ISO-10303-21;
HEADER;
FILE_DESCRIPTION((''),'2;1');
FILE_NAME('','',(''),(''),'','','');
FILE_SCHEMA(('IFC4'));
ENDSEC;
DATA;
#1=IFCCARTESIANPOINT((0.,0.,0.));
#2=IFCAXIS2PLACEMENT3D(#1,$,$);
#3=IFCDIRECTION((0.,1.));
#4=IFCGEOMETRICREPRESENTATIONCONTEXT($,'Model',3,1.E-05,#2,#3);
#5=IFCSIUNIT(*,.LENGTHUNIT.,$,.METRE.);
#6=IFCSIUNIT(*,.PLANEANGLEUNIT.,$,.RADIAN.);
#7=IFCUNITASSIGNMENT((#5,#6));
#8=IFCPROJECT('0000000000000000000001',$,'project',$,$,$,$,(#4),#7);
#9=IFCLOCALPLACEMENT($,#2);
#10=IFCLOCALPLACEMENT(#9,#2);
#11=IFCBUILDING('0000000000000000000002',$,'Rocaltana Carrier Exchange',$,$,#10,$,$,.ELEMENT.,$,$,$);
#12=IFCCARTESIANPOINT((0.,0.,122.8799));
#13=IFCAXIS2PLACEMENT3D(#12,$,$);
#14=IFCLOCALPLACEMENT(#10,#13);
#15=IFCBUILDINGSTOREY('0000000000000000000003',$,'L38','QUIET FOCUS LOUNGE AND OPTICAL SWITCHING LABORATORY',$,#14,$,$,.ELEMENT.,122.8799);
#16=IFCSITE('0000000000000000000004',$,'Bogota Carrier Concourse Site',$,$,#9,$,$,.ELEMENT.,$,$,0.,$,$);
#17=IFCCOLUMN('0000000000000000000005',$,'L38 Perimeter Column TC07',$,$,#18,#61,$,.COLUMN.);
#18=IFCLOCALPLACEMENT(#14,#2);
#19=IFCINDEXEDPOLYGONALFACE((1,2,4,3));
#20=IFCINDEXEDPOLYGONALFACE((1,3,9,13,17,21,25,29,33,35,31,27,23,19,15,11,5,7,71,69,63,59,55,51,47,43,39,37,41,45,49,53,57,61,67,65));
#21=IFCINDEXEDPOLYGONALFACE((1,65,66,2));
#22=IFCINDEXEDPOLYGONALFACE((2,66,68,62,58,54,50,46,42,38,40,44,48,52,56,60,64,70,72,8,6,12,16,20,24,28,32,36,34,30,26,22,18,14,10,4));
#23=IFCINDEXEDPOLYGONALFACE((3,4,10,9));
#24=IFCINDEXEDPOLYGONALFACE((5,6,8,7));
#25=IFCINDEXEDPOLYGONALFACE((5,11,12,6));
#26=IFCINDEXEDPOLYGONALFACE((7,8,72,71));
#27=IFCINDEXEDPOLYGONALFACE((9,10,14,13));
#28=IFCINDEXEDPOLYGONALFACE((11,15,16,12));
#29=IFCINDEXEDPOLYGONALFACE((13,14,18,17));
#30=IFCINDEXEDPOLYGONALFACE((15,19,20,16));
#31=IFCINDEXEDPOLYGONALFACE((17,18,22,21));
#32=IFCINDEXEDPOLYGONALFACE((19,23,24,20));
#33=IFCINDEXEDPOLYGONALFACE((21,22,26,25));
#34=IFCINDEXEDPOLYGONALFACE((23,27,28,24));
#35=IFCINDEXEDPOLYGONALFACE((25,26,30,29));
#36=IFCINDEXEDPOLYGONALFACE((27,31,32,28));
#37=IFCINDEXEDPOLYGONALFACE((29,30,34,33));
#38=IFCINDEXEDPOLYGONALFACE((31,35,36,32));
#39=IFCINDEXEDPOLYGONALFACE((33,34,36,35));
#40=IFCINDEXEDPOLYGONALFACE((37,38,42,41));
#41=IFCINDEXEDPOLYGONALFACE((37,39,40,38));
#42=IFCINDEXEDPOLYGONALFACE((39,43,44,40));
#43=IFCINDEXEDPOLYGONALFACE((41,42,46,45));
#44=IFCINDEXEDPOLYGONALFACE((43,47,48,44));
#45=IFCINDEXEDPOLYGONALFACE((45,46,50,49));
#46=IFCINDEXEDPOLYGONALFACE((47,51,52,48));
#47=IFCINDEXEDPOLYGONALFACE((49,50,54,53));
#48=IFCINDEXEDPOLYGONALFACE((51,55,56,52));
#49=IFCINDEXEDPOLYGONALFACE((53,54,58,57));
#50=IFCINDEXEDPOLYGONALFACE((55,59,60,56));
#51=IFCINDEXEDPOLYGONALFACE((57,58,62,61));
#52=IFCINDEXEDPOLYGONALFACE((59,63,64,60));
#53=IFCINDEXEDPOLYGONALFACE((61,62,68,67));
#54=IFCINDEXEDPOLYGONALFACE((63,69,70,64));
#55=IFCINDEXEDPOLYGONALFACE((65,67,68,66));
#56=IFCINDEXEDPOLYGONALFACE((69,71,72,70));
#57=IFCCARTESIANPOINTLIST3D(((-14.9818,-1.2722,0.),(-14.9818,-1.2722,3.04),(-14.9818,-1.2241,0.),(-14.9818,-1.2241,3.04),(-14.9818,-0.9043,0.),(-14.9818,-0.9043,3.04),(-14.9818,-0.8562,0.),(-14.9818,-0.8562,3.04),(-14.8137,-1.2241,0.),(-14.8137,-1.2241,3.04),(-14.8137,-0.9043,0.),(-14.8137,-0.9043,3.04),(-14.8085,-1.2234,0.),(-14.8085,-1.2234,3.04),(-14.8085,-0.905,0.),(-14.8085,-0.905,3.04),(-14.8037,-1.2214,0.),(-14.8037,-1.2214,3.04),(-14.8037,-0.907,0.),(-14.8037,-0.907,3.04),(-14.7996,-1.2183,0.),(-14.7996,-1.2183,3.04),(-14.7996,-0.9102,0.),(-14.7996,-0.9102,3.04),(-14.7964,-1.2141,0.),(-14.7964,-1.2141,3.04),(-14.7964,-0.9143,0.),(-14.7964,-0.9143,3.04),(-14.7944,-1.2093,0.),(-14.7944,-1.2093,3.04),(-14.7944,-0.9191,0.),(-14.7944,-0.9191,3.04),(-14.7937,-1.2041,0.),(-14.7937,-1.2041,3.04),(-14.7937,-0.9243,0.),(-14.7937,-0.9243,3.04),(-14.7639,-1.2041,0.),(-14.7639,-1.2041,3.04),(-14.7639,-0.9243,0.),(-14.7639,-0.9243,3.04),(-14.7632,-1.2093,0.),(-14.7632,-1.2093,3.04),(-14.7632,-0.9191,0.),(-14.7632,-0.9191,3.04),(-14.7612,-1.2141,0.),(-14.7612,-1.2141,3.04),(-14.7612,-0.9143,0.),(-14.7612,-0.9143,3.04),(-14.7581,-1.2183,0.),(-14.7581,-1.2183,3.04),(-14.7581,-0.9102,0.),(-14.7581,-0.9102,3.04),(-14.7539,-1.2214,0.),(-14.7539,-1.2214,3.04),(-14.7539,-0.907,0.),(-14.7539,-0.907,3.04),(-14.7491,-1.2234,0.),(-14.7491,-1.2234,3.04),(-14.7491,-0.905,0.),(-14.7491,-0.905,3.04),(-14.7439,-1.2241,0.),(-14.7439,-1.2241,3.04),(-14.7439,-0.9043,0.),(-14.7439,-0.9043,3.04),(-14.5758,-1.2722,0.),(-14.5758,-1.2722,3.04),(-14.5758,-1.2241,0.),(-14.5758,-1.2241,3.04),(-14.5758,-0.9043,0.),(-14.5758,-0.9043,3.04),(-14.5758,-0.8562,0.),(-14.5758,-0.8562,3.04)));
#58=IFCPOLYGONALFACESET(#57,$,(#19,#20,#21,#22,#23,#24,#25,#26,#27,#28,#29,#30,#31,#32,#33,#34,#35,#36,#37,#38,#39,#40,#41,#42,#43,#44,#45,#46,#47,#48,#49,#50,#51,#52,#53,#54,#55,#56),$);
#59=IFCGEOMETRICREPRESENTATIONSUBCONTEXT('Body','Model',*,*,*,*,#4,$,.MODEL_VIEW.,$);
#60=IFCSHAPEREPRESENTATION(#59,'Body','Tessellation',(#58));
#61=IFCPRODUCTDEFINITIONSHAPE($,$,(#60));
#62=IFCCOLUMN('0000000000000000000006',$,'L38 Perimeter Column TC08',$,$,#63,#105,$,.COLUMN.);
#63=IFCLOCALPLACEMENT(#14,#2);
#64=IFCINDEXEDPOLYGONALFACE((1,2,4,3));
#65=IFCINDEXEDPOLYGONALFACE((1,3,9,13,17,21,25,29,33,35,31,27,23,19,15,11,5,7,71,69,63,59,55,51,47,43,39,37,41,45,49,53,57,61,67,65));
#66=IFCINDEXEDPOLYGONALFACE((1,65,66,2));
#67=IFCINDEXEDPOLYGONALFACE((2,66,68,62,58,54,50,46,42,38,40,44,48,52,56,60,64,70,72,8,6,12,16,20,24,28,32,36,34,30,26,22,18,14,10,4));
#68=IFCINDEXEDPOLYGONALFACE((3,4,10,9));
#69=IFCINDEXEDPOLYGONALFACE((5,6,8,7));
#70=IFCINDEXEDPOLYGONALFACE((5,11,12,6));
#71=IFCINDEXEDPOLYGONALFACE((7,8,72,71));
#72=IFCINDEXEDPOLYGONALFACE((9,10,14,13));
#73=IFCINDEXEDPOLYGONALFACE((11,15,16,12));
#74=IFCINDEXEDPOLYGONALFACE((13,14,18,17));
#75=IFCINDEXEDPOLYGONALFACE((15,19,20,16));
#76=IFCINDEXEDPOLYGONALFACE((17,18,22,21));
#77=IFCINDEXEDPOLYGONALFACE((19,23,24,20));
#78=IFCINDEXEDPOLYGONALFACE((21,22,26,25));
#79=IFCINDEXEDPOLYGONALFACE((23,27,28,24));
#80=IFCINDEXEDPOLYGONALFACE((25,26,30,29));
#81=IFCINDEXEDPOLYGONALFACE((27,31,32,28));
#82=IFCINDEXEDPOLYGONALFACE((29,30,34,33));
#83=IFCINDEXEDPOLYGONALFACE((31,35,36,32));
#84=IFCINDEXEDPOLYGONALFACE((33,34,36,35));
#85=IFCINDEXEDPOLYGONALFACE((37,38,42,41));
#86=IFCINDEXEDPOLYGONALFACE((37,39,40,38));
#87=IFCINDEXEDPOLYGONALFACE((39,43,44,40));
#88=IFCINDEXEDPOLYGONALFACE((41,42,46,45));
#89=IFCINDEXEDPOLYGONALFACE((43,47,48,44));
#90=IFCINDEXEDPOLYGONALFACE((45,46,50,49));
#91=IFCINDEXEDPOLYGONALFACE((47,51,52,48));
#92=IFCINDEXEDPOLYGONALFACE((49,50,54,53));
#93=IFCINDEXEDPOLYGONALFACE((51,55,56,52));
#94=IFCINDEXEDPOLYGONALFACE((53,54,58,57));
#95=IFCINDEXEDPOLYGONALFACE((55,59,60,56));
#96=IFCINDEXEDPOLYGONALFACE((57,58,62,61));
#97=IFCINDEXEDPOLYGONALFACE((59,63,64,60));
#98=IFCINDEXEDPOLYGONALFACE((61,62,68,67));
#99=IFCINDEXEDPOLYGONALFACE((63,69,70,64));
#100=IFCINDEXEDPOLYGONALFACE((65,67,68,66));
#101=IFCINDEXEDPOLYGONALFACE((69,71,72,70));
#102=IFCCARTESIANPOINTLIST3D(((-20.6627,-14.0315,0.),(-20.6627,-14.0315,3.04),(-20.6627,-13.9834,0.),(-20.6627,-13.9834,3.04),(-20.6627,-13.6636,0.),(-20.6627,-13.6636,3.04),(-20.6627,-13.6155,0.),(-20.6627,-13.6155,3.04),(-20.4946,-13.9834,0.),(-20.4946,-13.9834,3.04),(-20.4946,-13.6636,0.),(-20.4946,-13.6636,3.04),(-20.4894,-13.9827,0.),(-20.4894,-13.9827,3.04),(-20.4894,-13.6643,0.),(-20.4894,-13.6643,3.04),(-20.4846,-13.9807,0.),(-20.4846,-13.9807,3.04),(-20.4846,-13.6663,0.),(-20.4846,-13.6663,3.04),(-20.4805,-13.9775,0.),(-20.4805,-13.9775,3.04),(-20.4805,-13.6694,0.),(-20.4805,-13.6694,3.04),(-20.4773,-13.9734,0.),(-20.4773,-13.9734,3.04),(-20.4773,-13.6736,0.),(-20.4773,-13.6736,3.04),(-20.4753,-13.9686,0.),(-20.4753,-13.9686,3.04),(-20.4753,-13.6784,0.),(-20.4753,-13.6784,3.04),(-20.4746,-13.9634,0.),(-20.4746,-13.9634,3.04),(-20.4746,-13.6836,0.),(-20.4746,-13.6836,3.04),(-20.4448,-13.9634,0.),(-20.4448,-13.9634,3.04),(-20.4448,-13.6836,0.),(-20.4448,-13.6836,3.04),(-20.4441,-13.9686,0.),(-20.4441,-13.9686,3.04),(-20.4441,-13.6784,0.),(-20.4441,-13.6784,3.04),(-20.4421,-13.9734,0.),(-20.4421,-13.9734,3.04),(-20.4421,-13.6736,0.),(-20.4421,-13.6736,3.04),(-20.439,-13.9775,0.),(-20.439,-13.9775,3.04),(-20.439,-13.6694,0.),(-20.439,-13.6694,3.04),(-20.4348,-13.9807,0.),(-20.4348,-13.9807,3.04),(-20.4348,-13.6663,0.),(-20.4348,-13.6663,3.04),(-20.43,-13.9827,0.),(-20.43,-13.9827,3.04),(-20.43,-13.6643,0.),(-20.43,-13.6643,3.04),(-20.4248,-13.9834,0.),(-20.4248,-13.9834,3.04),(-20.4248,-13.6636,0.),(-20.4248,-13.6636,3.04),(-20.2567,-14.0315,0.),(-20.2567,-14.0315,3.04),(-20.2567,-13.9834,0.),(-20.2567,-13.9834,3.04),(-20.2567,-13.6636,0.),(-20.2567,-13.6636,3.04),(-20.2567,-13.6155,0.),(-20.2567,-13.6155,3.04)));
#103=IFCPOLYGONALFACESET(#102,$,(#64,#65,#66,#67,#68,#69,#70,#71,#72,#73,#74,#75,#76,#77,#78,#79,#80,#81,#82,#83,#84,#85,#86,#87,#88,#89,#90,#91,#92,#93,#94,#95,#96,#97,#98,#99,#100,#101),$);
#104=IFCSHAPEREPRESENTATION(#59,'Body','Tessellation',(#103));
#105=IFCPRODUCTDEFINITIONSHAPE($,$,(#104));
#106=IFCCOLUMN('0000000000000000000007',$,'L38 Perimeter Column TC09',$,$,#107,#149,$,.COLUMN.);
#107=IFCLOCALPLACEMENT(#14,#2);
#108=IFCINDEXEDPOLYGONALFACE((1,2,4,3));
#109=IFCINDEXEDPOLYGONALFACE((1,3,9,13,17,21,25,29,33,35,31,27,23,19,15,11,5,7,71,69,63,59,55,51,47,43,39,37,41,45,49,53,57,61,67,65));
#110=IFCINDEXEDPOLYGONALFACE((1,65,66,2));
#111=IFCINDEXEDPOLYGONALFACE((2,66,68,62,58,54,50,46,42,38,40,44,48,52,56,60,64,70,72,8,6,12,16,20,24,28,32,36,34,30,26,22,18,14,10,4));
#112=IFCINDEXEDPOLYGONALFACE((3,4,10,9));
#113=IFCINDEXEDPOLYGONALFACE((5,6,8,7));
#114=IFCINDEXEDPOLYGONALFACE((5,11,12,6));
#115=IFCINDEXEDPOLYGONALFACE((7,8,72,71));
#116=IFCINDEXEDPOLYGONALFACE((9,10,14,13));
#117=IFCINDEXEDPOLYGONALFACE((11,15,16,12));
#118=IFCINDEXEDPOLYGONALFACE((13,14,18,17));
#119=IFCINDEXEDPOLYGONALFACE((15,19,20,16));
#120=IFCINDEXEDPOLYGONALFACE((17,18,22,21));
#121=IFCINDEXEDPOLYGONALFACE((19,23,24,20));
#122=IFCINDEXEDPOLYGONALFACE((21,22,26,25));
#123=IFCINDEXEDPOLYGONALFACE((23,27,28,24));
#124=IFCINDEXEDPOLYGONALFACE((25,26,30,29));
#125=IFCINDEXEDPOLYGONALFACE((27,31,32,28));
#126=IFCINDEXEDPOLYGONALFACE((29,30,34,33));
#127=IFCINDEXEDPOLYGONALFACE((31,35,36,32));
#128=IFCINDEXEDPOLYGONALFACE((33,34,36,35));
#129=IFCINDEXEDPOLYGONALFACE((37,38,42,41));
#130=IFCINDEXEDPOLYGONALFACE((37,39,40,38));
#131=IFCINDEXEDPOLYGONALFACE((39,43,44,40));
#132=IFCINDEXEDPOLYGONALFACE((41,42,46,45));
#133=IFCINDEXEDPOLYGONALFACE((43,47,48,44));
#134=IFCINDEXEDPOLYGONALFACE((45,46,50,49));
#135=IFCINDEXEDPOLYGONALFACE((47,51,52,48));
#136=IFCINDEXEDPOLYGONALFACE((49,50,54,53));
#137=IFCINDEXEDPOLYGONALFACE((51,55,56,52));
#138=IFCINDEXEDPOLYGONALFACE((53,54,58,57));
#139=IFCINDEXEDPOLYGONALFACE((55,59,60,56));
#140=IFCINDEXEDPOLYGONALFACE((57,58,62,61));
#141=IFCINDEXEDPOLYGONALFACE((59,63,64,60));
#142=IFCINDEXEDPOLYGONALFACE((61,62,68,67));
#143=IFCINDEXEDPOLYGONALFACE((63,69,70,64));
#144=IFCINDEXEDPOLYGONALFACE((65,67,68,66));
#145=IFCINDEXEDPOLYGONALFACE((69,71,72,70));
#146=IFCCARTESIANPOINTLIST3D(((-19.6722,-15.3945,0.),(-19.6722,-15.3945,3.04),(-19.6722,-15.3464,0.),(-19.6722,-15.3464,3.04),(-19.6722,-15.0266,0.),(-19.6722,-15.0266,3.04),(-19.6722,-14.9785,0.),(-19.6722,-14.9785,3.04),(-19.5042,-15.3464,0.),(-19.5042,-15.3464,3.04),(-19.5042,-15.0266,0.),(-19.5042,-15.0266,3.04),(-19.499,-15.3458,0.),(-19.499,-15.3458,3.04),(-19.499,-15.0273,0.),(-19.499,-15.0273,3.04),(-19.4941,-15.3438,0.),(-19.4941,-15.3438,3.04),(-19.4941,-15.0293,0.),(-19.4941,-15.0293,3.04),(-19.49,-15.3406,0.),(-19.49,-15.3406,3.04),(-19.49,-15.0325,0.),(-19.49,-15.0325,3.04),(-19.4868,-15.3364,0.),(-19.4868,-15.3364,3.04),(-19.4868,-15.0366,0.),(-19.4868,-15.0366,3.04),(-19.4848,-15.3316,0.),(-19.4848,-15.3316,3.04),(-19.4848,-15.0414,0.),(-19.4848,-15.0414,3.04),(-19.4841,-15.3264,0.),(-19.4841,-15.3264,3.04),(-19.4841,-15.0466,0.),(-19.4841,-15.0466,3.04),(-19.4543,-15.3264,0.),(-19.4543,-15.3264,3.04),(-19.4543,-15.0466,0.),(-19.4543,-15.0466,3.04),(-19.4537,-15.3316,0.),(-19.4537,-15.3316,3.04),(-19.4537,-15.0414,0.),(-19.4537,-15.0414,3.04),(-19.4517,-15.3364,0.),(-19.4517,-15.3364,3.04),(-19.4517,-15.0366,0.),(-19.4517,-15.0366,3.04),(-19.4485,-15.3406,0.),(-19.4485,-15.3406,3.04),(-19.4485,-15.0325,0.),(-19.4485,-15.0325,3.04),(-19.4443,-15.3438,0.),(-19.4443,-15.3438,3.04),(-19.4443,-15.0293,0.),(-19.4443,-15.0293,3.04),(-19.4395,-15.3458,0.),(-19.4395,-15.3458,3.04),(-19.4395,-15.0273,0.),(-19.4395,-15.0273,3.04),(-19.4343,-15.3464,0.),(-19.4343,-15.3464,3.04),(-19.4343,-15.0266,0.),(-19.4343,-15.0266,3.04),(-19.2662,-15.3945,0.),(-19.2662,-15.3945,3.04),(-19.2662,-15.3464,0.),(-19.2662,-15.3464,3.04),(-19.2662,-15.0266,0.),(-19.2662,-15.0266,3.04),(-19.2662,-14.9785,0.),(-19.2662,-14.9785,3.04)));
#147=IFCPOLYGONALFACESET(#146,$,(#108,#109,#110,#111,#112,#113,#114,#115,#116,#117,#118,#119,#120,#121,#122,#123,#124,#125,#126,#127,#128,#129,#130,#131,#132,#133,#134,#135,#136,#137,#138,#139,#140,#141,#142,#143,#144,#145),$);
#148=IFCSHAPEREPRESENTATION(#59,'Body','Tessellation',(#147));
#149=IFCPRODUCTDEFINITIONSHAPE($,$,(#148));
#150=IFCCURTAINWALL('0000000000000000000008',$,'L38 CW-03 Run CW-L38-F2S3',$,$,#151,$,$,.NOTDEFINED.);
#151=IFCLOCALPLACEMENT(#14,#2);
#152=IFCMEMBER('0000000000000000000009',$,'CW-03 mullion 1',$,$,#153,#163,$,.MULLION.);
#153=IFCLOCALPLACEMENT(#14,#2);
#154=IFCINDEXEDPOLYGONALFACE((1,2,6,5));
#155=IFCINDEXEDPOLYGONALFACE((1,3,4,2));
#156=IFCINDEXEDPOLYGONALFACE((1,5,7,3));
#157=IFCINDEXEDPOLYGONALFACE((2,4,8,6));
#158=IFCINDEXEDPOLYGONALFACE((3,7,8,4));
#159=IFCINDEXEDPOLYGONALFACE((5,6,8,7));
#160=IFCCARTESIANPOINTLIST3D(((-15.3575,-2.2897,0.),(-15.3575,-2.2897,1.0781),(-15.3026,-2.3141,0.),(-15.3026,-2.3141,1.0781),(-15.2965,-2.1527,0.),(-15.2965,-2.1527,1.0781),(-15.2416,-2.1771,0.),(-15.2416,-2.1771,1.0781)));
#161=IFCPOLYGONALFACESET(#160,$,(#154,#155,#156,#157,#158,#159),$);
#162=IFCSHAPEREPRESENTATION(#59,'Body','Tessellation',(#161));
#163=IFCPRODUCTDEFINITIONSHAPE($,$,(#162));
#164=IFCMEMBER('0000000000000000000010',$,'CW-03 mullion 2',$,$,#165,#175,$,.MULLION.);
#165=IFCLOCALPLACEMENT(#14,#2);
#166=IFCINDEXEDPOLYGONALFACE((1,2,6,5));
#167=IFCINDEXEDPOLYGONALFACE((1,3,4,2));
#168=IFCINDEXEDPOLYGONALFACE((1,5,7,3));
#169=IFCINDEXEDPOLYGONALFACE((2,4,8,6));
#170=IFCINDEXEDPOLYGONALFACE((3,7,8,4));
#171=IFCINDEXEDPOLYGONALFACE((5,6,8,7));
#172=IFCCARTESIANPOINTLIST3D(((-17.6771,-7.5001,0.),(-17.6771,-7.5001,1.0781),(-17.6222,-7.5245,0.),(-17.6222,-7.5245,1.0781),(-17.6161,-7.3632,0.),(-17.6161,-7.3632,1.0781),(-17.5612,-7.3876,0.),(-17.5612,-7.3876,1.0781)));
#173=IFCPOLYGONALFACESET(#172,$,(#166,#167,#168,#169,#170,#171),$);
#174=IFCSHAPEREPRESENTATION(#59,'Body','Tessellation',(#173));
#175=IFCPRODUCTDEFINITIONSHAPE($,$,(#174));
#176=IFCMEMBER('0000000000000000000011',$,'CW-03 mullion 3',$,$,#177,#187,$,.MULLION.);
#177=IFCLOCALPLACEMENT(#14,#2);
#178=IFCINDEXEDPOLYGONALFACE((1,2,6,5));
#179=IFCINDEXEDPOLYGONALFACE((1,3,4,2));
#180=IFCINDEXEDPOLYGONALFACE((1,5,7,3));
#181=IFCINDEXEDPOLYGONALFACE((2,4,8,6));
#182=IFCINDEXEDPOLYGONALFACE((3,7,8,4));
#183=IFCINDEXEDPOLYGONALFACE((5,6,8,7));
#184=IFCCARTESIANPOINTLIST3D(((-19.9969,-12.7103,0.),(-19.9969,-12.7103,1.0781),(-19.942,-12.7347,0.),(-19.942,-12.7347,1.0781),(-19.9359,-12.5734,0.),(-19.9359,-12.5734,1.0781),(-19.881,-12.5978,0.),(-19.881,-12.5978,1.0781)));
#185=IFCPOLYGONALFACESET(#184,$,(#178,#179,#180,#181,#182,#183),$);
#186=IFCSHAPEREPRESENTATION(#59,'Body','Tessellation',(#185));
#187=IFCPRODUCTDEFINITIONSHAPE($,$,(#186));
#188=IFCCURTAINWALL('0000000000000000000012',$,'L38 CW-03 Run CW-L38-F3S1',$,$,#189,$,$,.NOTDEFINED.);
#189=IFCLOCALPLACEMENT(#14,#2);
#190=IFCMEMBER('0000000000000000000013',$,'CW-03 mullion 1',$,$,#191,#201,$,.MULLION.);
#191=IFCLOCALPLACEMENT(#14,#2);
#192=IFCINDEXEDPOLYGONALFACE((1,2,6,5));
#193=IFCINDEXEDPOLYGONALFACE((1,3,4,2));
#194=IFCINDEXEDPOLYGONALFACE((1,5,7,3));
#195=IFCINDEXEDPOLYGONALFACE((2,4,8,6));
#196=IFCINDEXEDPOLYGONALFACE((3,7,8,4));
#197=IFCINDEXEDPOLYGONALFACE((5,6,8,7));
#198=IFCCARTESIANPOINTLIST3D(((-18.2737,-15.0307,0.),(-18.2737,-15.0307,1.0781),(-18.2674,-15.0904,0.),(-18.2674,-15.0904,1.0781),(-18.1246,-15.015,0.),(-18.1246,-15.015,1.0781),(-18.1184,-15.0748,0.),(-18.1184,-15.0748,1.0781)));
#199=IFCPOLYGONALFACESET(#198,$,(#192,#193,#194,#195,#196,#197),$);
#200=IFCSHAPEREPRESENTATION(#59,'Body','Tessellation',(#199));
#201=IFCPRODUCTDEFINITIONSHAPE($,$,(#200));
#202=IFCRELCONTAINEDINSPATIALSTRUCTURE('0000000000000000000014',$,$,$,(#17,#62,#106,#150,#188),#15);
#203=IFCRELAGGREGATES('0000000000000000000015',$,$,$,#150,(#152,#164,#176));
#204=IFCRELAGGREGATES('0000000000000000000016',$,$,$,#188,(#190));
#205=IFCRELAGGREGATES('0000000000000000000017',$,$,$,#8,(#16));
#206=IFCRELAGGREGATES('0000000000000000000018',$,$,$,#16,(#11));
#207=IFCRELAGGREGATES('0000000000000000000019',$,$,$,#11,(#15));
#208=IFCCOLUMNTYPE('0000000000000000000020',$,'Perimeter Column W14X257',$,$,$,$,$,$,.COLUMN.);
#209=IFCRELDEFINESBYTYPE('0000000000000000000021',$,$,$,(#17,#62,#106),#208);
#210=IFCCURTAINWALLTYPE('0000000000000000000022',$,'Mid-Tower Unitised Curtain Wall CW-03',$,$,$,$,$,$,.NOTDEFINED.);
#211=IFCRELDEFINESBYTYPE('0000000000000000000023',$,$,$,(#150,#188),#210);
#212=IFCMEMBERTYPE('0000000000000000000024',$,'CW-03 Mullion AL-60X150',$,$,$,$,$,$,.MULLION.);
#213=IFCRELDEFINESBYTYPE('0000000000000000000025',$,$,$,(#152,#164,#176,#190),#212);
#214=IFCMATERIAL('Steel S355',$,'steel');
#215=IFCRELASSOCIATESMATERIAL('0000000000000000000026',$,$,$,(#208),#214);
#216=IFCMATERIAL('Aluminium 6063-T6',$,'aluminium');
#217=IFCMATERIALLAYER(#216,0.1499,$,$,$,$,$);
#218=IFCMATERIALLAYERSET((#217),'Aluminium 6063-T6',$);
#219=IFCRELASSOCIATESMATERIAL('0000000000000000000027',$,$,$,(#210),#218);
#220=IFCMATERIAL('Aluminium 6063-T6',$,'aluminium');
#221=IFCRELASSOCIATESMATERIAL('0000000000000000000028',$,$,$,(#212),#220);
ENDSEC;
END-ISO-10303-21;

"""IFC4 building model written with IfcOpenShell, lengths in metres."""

from ifc_helpers import new_model, si_unit, direction, frame, origin, origin_2d, place, context, subcontext, project, spatial, rectangle, i_section, extrude, material, layer, layer_set, material_profile, profile_set, type_object, element, aggregate, save


model = new_model("IFC4")

# Units and contexts
model_context = context("Model", 3, precision=1e-05, world=origin(), true_north=direction((0.0, 1.0)))
body_context = subcontext(model_context, "Body", "Model", "MODEL_VIEW")
ifc_project = project(units=[si_unit("LENGTHUNIT", "METRE"), si_unit("PLANEANGLEUNIT", "RADIAN")], contexts=[model_context])

# Site, building, storey
site_placement = place(None, origin())
site = spatial("IfcSite", under=ifc_project, at=site_placement, Name="Bogota Carrier Concourse Site", CompositionType="ELEMENT", RefElevation=0.0)
building_placement = place(site_placement, origin())
building = spatial("IfcBuilding", under=site, at=building_placement, Name="Rocaltana Carrier Exchange", CompositionType="ELEMENT")
storey_placement = place(building_placement, frame((0.0, 0.0, 122.8799)))
storey = spatial("IfcBuildingStorey", under=building, at=storey_placement, Name="L38", Description="QUIET FOCUS LOUNGE AND OPTICAL SWITCHING LABORATORY", CompositionType="ELEMENT", Elevation=122.8799)

# Columns
ifc_material_1 = material(Name="Steel S355", Category="steel")
ifc_material_profile_1 = material_profile(ifc_material_1, i_section(OverallWidth=0.406, OverallDepth=0.416, WebThickness=0.0298, FlangeThickness=0.0481, FilletRadius=0.02, at=origin_2d()), Name="W14X257")
ifc_profile_set_1 = profile_set([ifc_material_profile_1], Name="Steel S355")
column_type = type_object("IfcColumnType", Name="Perimeter Column W14X257", PredefinedType="COLUMN", material=ifc_profile_set_1)
for number, where, z_axis, x_axis, name in (
    (1, (-14.7788, -1.0642, 0.0), (0.0, 0.0, 1.0), (1.0, 0.0, 0.0), "L38 Perimeter Column TC07"),
    (2, (-20.4597, -13.8235, 0.0), (0.0, 0.0, 1.0), (1.0, 0.0, 0.0), "L38 Perimeter Column TC08"),
    (3, (-19.4692, -15.1865, 0.0), (0.0, 0.0, 1.0), (1.0, 0.0, 0.0), "L38 Perimeter Column TC09"),
):
    element("IfcColumn", number, at=place(storey_placement, frame(where, z_axis=z_axis, x_axis=x_axis)), inside=storey, type_object=column_type, Name=name, PredefinedType="COLUMN", context=body_context, shape_type="SweptSolid", body=[
        extrude(i_section(OverallWidth=0.406, OverallDepth=0.416, WebThickness=0.0298, FlangeThickness=0.0481, FilletRadius=0.02, at=origin_2d()), origin(), (0.0, 0.0, 1.0), 3.04),
    ])

# Curtain walls, members
ifc_material_2 = material(Name="Aluminium 6063-T6", Category="aluminium")
ifc_layer_1 = layer(ifc_material_2, 0.1499)
ifc_layer_set_1 = layer_set([ifc_layer_1], Name="Aluminium 6063-T6")
curtain_wall_type = type_object("IfcCurtainWallType", Name="Mid-Tower Unitised Curtain Wall CW-03", PredefinedType="NOTDEFINED", material=ifc_layer_set_1)
curtain_wall_1_placement = place(storey_placement, origin())
curtain_wall_1 = element("IfcCurtainWall", 4, at=curtain_wall_1_placement, inside=storey, type_object=curtain_wall_type, Name="L38 CW-03 Run CW-L38-F2S3", PredefinedType="NOTDEFINED")
ifc_material_3 = material(Name="Aluminium 6063-T6", Category="aluminium")
ifc_material_profile_2 = material_profile(ifc_material_3, rectangle(XDim=0.0601, YDim=0.1499, at=origin_2d()), Name="AL-60X150")
ifc_profile_set_2 = profile_set([ifc_material_profile_2], Name="Aluminium 6063-T6")
member_type_1 = type_object("IfcMemberType", Name="CW-03 Mullion AL-60X150", PredefinedType="MULLION", material=ifc_profile_set_2)
member_1_placement = place(storey_placement, frame((-15.2996, -2.2334, 0.0), z_axis=(0.0, 0.0, 1.0), x_axis=(0.913547, -0.406733, 0.0)))
member_1 = element("IfcMember", 5, at=member_1_placement, type_object=member_type_1, Name="CW-03 mullion 1", PredefinedType="MULLION", context=body_context, shape_type="SweptSolid", body=[
    extrude(rectangle(XDim=0.0601, YDim=0.1499, at=origin_2d()), origin(), (0.0, 0.0, 1.0), 1.0781),
])
member_2_placement = place(storey_placement, frame((-17.6191, -7.4438, 0.0), z_axis=(0.0, 0.0, 1.0), x_axis=(0.913547, -0.406733, 0.0)))
member_2 = element("IfcMember", 6, at=member_2_placement, type_object=member_type_1, Name="CW-03 mullion 2", PredefinedType="MULLION", context=body_context, shape_type="SweptSolid", body=[
    extrude(rectangle(XDim=0.0601, YDim=0.1499, at=origin_2d()), origin(), (0.0, 0.0, 1.0), 1.0781),
])
member_3_placement = place(storey_placement, frame((-19.939, -12.6541, 0.0), z_axis=(0.0, 0.0, 1.0), x_axis=(0.913547, -0.406733, 0.0)))
member_3 = element("IfcMember", 7, at=member_3_placement, type_object=member_type_1, Name="CW-03 mullion 3", PredefinedType="MULLION", context=body_context, shape_type="SweptSolid", body=[
    extrude(rectangle(XDim=0.0601, YDim=0.1499, at=origin_2d()), origin(), (0.0, 0.0, 1.0), 1.0781),
])
curtain_wall_2_placement = place(storey_placement, origin())
curtain_wall_2 = element("IfcCurtainWall", 8, at=curtain_wall_2_placement, inside=storey, type_object=curtain_wall_type, Name="L38 CW-03 Run CW-L38-F3S1", PredefinedType="NOTDEFINED")
member_4_placement = place(storey_placement, frame((-18.196, -15.0527, 0.0), z_axis=(0.0, 0.0, 1.0), x_axis=(-0.104522, 0.994523, 0.0)))
member_4 = element("IfcMember", 9, at=member_4_placement, type_object=member_type_1, Name="CW-03 mullion 1", PredefinedType="MULLION", context=body_context, shape_type="SweptSolid", body=[
    extrude(rectangle(XDim=0.0601, YDim=0.1499, at=origin_2d()), origin(), (0.0, 0.0, 1.0), 1.0781),
])

aggregate(curtain_wall_1, [member_1, member_2, member_3])
aggregate(curtain_wall_2, [member_4])

save(model, "model.ifc")
